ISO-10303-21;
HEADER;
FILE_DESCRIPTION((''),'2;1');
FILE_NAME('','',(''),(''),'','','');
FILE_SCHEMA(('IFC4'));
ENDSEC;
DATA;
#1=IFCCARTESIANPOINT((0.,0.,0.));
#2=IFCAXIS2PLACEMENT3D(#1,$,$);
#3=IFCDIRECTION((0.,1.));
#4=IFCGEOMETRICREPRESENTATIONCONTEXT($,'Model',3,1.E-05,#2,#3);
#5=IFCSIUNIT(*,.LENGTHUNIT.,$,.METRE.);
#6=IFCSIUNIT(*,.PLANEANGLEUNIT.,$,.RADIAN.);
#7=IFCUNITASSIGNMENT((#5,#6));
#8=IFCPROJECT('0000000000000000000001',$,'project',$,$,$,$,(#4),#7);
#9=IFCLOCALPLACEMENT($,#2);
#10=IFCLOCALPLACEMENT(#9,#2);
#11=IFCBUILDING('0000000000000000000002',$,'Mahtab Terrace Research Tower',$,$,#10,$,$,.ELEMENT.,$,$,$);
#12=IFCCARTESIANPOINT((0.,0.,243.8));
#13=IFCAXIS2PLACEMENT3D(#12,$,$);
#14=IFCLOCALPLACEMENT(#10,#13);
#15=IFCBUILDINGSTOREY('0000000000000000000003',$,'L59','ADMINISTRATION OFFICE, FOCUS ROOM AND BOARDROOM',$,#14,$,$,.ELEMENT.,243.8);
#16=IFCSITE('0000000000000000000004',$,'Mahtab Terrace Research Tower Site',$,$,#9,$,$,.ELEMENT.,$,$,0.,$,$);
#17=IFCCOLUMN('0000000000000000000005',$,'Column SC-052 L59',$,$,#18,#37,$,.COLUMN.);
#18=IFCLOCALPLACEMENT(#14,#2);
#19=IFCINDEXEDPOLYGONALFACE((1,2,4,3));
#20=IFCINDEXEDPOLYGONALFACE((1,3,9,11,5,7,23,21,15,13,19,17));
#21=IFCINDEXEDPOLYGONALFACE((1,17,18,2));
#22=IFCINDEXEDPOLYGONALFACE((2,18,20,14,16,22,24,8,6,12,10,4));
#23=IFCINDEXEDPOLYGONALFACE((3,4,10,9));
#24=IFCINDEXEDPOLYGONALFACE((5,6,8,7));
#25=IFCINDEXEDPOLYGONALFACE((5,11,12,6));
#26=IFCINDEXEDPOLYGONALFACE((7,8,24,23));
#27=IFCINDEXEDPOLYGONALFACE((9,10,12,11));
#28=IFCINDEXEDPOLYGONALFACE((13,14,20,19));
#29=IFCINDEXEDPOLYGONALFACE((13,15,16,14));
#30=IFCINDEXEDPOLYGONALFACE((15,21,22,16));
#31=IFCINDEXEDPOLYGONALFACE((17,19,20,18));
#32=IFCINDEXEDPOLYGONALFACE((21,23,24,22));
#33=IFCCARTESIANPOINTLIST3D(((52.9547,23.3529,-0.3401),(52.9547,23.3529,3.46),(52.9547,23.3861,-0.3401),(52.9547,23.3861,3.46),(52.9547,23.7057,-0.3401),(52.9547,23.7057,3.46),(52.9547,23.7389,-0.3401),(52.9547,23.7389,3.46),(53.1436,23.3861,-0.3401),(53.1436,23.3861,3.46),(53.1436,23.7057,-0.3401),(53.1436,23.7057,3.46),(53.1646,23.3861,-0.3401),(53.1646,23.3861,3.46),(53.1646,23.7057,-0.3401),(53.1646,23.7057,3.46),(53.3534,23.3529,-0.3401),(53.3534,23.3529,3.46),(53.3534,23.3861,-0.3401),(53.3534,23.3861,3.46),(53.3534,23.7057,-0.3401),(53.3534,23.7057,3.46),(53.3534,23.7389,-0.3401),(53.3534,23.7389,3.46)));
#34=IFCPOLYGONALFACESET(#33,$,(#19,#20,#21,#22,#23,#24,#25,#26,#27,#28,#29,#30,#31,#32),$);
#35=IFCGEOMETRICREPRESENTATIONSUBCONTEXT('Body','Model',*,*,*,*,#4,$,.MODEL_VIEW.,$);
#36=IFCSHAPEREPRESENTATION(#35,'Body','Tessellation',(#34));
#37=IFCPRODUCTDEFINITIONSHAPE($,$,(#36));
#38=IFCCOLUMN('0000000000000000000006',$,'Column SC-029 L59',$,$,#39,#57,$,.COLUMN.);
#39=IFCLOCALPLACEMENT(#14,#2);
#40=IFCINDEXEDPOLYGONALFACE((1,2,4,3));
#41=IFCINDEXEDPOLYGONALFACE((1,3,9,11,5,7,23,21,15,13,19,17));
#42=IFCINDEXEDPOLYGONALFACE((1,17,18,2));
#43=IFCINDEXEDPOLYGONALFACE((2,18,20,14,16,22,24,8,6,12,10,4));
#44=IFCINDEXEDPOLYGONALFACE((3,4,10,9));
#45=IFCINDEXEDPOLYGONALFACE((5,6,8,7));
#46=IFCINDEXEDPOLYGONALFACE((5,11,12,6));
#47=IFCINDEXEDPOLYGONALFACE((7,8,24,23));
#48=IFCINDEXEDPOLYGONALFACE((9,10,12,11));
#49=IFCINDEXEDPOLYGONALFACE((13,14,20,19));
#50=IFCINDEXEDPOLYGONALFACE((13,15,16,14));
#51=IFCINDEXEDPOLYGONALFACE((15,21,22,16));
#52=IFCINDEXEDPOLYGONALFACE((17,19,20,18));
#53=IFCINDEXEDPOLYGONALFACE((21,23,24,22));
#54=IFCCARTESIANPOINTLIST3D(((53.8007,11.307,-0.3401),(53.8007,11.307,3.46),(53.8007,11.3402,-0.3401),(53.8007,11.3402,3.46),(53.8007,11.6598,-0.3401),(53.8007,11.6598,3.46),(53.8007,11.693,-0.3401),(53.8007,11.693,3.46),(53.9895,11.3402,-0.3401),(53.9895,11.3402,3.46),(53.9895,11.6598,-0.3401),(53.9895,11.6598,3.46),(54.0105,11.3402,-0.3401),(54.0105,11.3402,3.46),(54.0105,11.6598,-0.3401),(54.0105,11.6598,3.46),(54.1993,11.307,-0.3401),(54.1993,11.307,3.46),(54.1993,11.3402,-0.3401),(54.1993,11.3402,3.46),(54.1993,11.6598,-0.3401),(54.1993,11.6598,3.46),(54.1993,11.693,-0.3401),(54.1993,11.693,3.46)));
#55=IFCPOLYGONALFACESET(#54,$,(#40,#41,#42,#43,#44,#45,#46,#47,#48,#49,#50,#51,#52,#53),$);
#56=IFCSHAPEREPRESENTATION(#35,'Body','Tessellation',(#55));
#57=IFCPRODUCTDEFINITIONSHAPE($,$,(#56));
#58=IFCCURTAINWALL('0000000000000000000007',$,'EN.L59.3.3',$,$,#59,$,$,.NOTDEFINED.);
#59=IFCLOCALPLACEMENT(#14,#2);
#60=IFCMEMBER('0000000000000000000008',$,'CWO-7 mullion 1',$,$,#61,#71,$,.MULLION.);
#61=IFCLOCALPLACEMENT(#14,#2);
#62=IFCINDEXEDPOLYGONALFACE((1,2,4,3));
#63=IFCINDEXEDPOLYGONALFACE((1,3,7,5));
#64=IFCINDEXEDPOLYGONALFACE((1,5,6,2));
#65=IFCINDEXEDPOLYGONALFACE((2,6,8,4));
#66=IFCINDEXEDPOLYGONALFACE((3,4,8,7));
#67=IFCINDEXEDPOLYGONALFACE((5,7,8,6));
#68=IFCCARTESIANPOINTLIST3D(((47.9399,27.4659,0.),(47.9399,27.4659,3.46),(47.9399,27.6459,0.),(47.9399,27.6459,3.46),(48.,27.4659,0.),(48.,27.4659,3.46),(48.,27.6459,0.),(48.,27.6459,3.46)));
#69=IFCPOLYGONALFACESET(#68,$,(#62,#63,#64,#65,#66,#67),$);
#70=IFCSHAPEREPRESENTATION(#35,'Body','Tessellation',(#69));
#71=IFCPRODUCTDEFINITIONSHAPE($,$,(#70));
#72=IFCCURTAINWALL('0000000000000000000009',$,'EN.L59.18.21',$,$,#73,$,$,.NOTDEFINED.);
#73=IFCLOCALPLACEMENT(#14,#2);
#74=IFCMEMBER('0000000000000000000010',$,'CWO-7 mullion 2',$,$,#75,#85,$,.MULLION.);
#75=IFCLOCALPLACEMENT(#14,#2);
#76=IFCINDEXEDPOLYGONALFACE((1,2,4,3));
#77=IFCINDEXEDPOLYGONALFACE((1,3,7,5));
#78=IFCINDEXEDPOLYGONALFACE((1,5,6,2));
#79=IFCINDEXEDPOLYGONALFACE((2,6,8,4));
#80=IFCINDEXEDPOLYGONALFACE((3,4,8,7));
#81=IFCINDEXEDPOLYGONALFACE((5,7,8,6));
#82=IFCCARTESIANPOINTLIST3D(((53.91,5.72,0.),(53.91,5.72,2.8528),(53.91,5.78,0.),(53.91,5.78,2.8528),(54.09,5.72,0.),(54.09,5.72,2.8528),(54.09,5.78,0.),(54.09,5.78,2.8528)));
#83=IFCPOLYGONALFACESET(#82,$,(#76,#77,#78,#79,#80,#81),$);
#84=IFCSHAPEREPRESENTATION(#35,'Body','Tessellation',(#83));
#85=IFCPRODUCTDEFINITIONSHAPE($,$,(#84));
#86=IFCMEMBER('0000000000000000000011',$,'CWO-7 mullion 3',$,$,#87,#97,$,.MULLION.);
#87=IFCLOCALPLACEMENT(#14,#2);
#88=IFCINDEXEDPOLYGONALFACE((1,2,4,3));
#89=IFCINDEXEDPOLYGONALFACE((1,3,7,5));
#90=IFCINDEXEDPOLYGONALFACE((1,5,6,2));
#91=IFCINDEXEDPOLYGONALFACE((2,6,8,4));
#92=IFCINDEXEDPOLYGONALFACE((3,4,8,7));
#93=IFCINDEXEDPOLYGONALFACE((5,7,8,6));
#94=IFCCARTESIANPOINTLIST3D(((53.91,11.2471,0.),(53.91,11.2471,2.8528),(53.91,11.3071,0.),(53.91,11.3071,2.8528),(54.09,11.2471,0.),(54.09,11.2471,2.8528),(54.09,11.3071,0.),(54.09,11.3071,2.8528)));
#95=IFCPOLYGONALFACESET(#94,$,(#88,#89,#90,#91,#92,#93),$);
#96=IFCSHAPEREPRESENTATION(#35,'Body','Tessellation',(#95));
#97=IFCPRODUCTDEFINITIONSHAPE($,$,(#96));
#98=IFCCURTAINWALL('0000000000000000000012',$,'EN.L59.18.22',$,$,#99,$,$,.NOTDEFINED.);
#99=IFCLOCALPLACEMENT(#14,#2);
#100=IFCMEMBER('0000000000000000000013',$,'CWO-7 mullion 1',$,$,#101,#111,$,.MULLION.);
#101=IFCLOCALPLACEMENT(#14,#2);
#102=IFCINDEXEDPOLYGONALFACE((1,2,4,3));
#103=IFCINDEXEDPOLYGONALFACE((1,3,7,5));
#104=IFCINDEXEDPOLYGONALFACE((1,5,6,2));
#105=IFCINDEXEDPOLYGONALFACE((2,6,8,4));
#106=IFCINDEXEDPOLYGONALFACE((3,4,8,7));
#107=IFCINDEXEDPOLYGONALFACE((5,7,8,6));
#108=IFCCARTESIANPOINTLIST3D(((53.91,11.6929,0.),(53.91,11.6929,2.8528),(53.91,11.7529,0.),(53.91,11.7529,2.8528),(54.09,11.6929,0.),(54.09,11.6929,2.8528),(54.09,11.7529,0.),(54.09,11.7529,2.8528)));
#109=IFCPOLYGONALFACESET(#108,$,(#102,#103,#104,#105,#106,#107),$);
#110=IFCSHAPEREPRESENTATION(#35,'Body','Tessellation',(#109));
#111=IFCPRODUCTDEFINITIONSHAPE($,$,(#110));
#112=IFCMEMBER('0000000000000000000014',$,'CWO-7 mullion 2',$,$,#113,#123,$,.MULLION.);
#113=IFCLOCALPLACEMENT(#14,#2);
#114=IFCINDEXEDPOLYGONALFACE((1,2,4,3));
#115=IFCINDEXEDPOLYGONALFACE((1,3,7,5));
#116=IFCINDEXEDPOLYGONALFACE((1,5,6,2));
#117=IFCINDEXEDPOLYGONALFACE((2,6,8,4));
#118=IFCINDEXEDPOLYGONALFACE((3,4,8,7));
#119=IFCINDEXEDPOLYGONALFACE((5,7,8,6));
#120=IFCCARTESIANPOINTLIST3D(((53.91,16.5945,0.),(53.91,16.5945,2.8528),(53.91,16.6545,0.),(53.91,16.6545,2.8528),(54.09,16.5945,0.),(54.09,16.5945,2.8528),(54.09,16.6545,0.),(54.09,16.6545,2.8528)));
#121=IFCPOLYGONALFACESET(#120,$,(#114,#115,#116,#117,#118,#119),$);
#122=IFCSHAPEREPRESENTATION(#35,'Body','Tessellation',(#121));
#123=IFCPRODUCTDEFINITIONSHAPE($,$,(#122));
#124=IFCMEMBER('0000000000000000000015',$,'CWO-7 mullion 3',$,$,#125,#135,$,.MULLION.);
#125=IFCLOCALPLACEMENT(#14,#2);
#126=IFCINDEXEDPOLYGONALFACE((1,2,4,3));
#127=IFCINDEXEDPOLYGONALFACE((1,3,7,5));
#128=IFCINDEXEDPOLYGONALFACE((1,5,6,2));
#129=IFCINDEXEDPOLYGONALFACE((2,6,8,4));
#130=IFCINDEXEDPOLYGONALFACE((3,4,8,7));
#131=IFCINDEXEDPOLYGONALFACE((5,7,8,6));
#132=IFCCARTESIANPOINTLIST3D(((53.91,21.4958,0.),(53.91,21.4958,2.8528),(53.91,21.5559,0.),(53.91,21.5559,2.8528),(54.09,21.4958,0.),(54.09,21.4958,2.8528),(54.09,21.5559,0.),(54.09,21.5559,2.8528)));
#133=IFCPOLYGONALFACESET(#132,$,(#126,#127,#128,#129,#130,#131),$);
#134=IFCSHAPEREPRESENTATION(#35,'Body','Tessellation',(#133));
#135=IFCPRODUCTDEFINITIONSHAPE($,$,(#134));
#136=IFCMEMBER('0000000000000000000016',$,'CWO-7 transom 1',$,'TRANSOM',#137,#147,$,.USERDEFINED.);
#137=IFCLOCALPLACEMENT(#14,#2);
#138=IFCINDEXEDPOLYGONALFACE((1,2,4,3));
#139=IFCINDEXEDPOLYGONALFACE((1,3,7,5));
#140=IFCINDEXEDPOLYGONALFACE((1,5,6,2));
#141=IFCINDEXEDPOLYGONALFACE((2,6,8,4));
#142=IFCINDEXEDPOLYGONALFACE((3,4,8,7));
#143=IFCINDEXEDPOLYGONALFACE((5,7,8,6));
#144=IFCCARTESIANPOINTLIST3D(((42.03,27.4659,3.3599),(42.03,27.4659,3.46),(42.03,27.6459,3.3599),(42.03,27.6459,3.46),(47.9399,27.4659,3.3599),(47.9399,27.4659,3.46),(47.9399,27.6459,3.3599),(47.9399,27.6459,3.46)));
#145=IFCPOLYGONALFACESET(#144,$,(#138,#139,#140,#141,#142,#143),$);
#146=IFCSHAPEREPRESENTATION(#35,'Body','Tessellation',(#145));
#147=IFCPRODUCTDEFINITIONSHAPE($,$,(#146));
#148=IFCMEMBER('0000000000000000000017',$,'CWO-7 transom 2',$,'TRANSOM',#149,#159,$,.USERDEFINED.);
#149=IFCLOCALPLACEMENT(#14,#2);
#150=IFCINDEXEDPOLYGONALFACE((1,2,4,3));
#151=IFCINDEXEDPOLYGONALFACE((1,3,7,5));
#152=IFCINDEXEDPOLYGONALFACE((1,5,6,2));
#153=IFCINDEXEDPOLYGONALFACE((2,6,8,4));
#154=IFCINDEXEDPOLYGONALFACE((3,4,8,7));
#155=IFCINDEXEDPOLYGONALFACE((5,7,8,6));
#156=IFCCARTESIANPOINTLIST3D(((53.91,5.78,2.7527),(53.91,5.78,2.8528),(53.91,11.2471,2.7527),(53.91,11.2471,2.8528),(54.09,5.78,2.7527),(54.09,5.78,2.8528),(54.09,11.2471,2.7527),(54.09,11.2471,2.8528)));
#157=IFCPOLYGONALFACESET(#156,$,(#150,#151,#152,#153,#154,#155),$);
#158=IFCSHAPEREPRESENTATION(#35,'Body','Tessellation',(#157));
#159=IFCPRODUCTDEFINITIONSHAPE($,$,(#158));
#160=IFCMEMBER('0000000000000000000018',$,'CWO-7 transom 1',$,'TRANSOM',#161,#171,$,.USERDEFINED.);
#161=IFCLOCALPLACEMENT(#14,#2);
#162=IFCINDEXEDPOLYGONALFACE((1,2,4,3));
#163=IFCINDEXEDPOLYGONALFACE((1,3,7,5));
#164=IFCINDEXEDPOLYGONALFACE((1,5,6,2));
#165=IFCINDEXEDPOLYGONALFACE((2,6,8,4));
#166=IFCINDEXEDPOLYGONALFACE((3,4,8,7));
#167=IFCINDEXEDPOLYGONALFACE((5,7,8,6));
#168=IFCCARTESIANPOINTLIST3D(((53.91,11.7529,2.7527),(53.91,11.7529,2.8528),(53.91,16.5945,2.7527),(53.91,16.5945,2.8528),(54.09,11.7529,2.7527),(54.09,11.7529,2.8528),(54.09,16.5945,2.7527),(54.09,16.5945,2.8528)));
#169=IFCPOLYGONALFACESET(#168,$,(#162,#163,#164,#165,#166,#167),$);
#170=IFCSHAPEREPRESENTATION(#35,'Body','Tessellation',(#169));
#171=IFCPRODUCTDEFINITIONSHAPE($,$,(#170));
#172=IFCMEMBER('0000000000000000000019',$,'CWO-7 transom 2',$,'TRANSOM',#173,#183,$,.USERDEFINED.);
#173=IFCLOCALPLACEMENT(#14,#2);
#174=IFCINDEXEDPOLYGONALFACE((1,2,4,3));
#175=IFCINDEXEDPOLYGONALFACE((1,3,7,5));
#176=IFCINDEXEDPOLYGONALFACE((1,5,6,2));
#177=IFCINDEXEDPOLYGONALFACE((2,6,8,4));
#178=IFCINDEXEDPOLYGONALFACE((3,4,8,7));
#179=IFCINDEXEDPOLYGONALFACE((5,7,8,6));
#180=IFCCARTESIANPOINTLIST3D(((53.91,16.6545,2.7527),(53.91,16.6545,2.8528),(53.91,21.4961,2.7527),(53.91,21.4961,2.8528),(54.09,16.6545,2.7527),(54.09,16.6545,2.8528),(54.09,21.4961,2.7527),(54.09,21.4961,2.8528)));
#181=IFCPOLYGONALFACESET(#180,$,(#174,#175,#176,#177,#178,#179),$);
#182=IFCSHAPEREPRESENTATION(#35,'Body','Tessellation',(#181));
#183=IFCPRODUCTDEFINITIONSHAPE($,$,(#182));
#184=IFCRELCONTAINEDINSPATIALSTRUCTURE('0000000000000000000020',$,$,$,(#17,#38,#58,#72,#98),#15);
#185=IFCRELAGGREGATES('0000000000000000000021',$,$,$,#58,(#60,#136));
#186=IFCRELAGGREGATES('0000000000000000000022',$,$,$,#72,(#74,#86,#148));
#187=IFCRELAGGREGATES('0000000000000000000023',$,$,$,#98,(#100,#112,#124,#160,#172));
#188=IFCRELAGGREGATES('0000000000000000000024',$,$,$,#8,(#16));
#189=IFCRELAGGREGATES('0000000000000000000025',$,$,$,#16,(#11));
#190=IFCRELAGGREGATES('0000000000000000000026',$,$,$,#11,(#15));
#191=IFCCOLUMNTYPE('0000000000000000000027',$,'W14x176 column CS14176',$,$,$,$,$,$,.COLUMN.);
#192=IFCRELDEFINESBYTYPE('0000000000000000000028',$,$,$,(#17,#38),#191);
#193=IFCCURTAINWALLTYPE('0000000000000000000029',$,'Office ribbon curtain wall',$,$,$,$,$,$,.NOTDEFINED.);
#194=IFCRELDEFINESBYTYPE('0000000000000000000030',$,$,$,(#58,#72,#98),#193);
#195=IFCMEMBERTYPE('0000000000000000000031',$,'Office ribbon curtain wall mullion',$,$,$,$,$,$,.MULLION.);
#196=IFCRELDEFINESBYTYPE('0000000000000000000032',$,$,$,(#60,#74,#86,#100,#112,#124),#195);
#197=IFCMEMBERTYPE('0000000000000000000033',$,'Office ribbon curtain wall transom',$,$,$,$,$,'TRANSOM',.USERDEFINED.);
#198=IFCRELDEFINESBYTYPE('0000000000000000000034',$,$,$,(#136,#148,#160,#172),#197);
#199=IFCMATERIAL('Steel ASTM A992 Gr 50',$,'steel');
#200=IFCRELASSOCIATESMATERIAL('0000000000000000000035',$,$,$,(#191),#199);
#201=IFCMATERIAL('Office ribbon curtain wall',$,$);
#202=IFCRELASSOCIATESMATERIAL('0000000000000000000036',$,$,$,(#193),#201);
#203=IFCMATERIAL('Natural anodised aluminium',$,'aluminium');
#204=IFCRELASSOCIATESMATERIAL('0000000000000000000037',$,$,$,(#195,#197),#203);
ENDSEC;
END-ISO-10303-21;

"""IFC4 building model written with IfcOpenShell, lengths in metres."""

from ifc_helpers import new_model, si_unit, direction, frame, origin, origin_2d, place, context, subcontext, project, spatial, rectangle, i_section, extrude, material, material_profile, profile_set, type_object, element, aggregate, save


model = new_model("IFC4")

# Units and contexts
model_context = context("Model", 3, precision=1e-05, world=origin(), true_north=direction((0.0, 1.0)))
body_context = subcontext(model_context, "Body", "Model", "MODEL_VIEW")
ifc_project = project(units=[si_unit("LENGTHUNIT", "METRE"), si_unit("PLANEANGLEUNIT", "RADIAN")], contexts=[model_context])

# Site, building, storey
site_placement = place(None, origin())
site = spatial("IfcSite", under=ifc_project, at=site_placement, Name="Mahtab Terrace Research Tower Site", CompositionType="ELEMENT", RefElevation=0.0)
building_placement = place(site_placement, origin())
building = spatial("IfcBuilding", under=site, at=building_placement, Name="Mahtab Terrace Research Tower", CompositionType="ELEMENT")
storey_placement = place(building_placement, frame((0.0, 0.0, 243.8)))
storey = spatial("IfcBuildingStorey", under=building, at=storey_placement, Name="L59", Description="ADMINISTRATION OFFICE, FOCUS ROOM AND BOARDROOM", CompositionType="ELEMENT", Elevation=243.8)

# Columns
ifc_material_1 = material(Name="Steel ASTM A992 Gr 50", Category="steel")
ifc_material_profile_1 = material_profile(ifc_material_1, i_section(OverallWidth=0.3987, OverallDepth=0.386, WebThickness=0.021, FlangeThickness=0.0332, at=origin_2d()), Name="W14X176")
ifc_profile_set_1 = profile_set([ifc_material_profile_1], Name="Steel ASTM A992 Gr 50")
column_type = type_object("IfcColumnType", Name="W14x176 column CS14176", PredefinedType="COLUMN", material=ifc_profile_set_1)
for number, where, z_axis, x_axis, name in (
    (1, (53.1541, 23.5459, -0.3401), (0.0, 0.0, 1.0), (1.0, 0.0, 0.0), "Column SC-052 L59"),
    (2, (54.0, 11.5, -0.3401), (0.0, 0.0, 1.0), (1.0, 0.0, 0.0), "Column SC-029 L59"),
):
    element("IfcColumn", number, at=place(storey_placement, frame(where, z_axis=z_axis, x_axis=x_axis)), inside=storey, type_object=column_type, Name=name, PredefinedType="COLUMN", context=body_context, shape_type="SweptSolid", body=[
        extrude(i_section(OverallWidth=0.3987, OverallDepth=0.386, WebThickness=0.021, FlangeThickness=0.0332, at=origin_2d()), origin(), (0.0, 0.0, 1.0), 3.8),
    ])

# Curtain wall, member
ifc_material_2 = material(Name="Office ribbon curtain wall")
curtain_wall_type = type_object("IfcCurtainWallType", Name="Office ribbon curtain wall", PredefinedType="NOTDEFINED", material=ifc_material_2)
curtain_wall_1_placement = place(storey_placement, origin())
curtain_wall_1 = element("IfcCurtainWall", 3, at=curtain_wall_1_placement, inside=storey, type_object=curtain_wall_type, Name="EN.L59.3.3", PredefinedType="NOTDEFINED")
ifc_material_3 = material(Name="Natural anodised aluminium", Category="aluminium")
ifc_material_profile_2 = material_profile(ifc_material_3, rectangle(XDim=0.1799, YDim=0.0601, at=origin_2d()), Name="MULLION 60x180")
ifc_profile_set_2 = profile_set([ifc_material_profile_2], Name="Natural anodised aluminium")
member_type_1 = type_object("IfcMemberType", Name="Office ribbon curtain wall mullion", PredefinedType="MULLION", material=ifc_profile_set_2)
member_1_placement = place(storey_placement, frame((47.97, 27.5559, 0.0), z_axis=(0.0, 0.0, 1.0), x_axis=(0.0, -1.0, 0.0)))
member_1 = element("IfcMember", 4, at=member_1_placement, type_object=member_type_1, Name="CWO-7 mullion 1", PredefinedType="MULLION", context=body_context, shape_type="SweptSolid", body=[
    extrude(rectangle(XDim=0.1799, YDim=0.0601, at=origin_2d()), origin(), (0.0, 0.0, 1.0), 3.46),
])

# Curtain walls, members
curtain_wall_2_placement = place(storey_placement, origin())
curtain_wall_2 = element("IfcCurtainWall", 5, at=curtain_wall_2_placement, inside=storey, type_object=curtain_wall_type, Name="EN.L59.18.21", PredefinedType="NOTDEFINED")
member_2_placement = place(storey_placement, frame((54.0, 5.75, 0.0), z_axis=(0.0, 0.0, 1.0), x_axis=(-1.0, 0.0, 0.0)))
member_2 = element("IfcMember", 6, at=member_2_placement, type_object=member_type_1, Name="CWO-7 mullion 2", PredefinedType="MULLION", context=body_context, shape_type="SweptSolid", body=[
    extrude(rectangle(XDim=0.1799, YDim=0.0601, at=origin_2d()), origin(), (0.0, 0.0, 1.0), 2.8528),
])
member_3_placement = place(storey_placement, frame((54.0, 11.2771, 0.0), z_axis=(0.0, 0.0, 1.0), x_axis=(-1.0, 0.0, 0.0)))
member_3 = element("IfcMember", 7, at=member_3_placement, type_object=member_type_1, Name="CWO-7 mullion 3", PredefinedType="MULLION", context=body_context, shape_type="SweptSolid", body=[
    extrude(rectangle(XDim=0.1799, YDim=0.0601, at=origin_2d()), origin(), (0.0, 0.0, 1.0), 2.8528),
])
curtain_wall_3_placement = place(storey_placement, origin())
curtain_wall_3 = element("IfcCurtainWall", 8, at=curtain_wall_3_placement, inside=storey, type_object=curtain_wall_type, Name="EN.L59.18.22", PredefinedType="NOTDEFINED")
member_4_placement = place(storey_placement, frame((54.0, 11.7229, 0.0), z_axis=(0.0, 0.0, 1.0), x_axis=(-1.0, 0.0, 0.0)))
member_4 = element("IfcMember", 9, at=member_4_placement, type_object=member_type_1, Name="CWO-7 mullion 1", PredefinedType="MULLION", context=body_context, shape_type="SweptSolid", body=[
    extrude(rectangle(XDim=0.1799, YDim=0.0601, at=origin_2d()), origin(), (0.0, 0.0, 1.0), 2.8528),
])
member_5_placement = place(storey_placement, frame((54.0, 16.6245, 0.0), z_axis=(0.0, 0.0, 1.0), x_axis=(-1.0, 0.0, 0.0)))
member_5 = element("IfcMember", 10, at=member_5_placement, type_object=member_type_1, Name="CWO-7 mullion 2", PredefinedType="MULLION", context=body_context, shape_type="SweptSolid", body=[
    extrude(rectangle(XDim=0.1799, YDim=0.0601, at=origin_2d()), origin(), (0.0, 0.0, 1.0), 2.8528),
])
member_6_placement = place(storey_placement, frame((54.0, 21.5259, 0.0), z_axis=(0.0, 0.0, 1.0), x_axis=(-1.0, 0.0, 0.0)))
member_6 = element("IfcMember", 11, at=member_6_placement, type_object=member_type_1, Name="CWO-7 mullion 3", PredefinedType="MULLION", context=body_context, shape_type="SweptSolid", body=[
    extrude(rectangle(XDim=0.1799, YDim=0.0601, at=origin_2d()), origin(), (0.0, 0.0, 1.0), 2.8528),
])

# Members
ifc_material_profile_3 = material_profile(ifc_material_3, rectangle(XDim=0.1799, YDim=0.1001, at=origin_2d()), Name="TRANSOM 100x180")
ifc_profile_set_3 = profile_set([ifc_material_profile_3], Name="Natural anodised aluminium")
member_type_2 = type_object("IfcMemberType", Name="Office ribbon curtain wall transom", ElementType="TRANSOM", PredefinedType="USERDEFINED", material=ifc_profile_set_3)
member_7_placement = place(storey_placement, frame((47.9399, 27.5559, 3.4099), z_axis=(-1.0, 0.0, 0.0), x_axis=(0.0, -1.0, 0.0)))
member_7 = element("IfcMember", 12, at=member_7_placement, type_object=member_type_2, Name="CWO-7 transom 1", ObjectType="TRANSOM", PredefinedType="USERDEFINED", context=body_context, shape_type="SweptSolid", body=[
    extrude(rectangle(XDim=0.1799, YDim=0.1001, at=origin_2d()), origin(), (0.0, 0.0, 1.0), 5.9099),
])
member_8_placement = place(storey_placement, frame((54.0, 5.78, 2.8027), z_axis=(0.0, 1.0, 0.0), x_axis=(-1.0, 0.0, 0.0)))
member_8 = element("IfcMember", 13, at=member_8_placement, type_object=member_type_2, Name="CWO-7 transom 2", ObjectType="TRANSOM", PredefinedType="USERDEFINED", context=body_context, shape_type="SweptSolid", body=[
    extrude(rectangle(XDim=0.1799, YDim=0.1001, at=origin_2d()), origin(), (0.0, 0.0, 1.0), 5.467),
])
member_9_placement = place(storey_placement, frame((54.0, 11.7529, 2.8027), z_axis=(0.0, 1.0, 0.0), x_axis=(-1.0, 0.0, 0.0)))
member_9 = element("IfcMember", 14, at=member_9_placement, type_object=member_type_2, Name="CWO-7 transom 1", ObjectType="TRANSOM", PredefinedType="USERDEFINED", context=body_context, shape_type="SweptSolid", body=[
    extrude(rectangle(XDim=0.1799, YDim=0.1001, at=origin_2d()), origin(), (0.0, 0.0, 1.0), 4.8416),
])
member_10_placement = place(storey_placement, frame((54.0, 16.6545, 2.8027), z_axis=(0.0, 1.0, 0.0), x_axis=(-1.0, 0.0, 0.0)))
member_10 = element("IfcMember", 15, at=member_10_placement, type_object=member_type_2, Name="CWO-7 transom 2", ObjectType="TRANSOM", PredefinedType="USERDEFINED", context=body_context, shape_type="SweptSolid", body=[
    extrude(rectangle(XDim=0.1799, YDim=0.1001, at=origin_2d()), origin(), (0.0, 0.0, 1.0), 4.8416),
])

aggregate(curtain_wall_1, [member_1, member_7])
aggregate(curtain_wall_2, [member_2, member_3, member_8])
aggregate(curtain_wall_3, [member_4, member_5, member_6, member_9, member_10])

save(model, "model.ifc")
